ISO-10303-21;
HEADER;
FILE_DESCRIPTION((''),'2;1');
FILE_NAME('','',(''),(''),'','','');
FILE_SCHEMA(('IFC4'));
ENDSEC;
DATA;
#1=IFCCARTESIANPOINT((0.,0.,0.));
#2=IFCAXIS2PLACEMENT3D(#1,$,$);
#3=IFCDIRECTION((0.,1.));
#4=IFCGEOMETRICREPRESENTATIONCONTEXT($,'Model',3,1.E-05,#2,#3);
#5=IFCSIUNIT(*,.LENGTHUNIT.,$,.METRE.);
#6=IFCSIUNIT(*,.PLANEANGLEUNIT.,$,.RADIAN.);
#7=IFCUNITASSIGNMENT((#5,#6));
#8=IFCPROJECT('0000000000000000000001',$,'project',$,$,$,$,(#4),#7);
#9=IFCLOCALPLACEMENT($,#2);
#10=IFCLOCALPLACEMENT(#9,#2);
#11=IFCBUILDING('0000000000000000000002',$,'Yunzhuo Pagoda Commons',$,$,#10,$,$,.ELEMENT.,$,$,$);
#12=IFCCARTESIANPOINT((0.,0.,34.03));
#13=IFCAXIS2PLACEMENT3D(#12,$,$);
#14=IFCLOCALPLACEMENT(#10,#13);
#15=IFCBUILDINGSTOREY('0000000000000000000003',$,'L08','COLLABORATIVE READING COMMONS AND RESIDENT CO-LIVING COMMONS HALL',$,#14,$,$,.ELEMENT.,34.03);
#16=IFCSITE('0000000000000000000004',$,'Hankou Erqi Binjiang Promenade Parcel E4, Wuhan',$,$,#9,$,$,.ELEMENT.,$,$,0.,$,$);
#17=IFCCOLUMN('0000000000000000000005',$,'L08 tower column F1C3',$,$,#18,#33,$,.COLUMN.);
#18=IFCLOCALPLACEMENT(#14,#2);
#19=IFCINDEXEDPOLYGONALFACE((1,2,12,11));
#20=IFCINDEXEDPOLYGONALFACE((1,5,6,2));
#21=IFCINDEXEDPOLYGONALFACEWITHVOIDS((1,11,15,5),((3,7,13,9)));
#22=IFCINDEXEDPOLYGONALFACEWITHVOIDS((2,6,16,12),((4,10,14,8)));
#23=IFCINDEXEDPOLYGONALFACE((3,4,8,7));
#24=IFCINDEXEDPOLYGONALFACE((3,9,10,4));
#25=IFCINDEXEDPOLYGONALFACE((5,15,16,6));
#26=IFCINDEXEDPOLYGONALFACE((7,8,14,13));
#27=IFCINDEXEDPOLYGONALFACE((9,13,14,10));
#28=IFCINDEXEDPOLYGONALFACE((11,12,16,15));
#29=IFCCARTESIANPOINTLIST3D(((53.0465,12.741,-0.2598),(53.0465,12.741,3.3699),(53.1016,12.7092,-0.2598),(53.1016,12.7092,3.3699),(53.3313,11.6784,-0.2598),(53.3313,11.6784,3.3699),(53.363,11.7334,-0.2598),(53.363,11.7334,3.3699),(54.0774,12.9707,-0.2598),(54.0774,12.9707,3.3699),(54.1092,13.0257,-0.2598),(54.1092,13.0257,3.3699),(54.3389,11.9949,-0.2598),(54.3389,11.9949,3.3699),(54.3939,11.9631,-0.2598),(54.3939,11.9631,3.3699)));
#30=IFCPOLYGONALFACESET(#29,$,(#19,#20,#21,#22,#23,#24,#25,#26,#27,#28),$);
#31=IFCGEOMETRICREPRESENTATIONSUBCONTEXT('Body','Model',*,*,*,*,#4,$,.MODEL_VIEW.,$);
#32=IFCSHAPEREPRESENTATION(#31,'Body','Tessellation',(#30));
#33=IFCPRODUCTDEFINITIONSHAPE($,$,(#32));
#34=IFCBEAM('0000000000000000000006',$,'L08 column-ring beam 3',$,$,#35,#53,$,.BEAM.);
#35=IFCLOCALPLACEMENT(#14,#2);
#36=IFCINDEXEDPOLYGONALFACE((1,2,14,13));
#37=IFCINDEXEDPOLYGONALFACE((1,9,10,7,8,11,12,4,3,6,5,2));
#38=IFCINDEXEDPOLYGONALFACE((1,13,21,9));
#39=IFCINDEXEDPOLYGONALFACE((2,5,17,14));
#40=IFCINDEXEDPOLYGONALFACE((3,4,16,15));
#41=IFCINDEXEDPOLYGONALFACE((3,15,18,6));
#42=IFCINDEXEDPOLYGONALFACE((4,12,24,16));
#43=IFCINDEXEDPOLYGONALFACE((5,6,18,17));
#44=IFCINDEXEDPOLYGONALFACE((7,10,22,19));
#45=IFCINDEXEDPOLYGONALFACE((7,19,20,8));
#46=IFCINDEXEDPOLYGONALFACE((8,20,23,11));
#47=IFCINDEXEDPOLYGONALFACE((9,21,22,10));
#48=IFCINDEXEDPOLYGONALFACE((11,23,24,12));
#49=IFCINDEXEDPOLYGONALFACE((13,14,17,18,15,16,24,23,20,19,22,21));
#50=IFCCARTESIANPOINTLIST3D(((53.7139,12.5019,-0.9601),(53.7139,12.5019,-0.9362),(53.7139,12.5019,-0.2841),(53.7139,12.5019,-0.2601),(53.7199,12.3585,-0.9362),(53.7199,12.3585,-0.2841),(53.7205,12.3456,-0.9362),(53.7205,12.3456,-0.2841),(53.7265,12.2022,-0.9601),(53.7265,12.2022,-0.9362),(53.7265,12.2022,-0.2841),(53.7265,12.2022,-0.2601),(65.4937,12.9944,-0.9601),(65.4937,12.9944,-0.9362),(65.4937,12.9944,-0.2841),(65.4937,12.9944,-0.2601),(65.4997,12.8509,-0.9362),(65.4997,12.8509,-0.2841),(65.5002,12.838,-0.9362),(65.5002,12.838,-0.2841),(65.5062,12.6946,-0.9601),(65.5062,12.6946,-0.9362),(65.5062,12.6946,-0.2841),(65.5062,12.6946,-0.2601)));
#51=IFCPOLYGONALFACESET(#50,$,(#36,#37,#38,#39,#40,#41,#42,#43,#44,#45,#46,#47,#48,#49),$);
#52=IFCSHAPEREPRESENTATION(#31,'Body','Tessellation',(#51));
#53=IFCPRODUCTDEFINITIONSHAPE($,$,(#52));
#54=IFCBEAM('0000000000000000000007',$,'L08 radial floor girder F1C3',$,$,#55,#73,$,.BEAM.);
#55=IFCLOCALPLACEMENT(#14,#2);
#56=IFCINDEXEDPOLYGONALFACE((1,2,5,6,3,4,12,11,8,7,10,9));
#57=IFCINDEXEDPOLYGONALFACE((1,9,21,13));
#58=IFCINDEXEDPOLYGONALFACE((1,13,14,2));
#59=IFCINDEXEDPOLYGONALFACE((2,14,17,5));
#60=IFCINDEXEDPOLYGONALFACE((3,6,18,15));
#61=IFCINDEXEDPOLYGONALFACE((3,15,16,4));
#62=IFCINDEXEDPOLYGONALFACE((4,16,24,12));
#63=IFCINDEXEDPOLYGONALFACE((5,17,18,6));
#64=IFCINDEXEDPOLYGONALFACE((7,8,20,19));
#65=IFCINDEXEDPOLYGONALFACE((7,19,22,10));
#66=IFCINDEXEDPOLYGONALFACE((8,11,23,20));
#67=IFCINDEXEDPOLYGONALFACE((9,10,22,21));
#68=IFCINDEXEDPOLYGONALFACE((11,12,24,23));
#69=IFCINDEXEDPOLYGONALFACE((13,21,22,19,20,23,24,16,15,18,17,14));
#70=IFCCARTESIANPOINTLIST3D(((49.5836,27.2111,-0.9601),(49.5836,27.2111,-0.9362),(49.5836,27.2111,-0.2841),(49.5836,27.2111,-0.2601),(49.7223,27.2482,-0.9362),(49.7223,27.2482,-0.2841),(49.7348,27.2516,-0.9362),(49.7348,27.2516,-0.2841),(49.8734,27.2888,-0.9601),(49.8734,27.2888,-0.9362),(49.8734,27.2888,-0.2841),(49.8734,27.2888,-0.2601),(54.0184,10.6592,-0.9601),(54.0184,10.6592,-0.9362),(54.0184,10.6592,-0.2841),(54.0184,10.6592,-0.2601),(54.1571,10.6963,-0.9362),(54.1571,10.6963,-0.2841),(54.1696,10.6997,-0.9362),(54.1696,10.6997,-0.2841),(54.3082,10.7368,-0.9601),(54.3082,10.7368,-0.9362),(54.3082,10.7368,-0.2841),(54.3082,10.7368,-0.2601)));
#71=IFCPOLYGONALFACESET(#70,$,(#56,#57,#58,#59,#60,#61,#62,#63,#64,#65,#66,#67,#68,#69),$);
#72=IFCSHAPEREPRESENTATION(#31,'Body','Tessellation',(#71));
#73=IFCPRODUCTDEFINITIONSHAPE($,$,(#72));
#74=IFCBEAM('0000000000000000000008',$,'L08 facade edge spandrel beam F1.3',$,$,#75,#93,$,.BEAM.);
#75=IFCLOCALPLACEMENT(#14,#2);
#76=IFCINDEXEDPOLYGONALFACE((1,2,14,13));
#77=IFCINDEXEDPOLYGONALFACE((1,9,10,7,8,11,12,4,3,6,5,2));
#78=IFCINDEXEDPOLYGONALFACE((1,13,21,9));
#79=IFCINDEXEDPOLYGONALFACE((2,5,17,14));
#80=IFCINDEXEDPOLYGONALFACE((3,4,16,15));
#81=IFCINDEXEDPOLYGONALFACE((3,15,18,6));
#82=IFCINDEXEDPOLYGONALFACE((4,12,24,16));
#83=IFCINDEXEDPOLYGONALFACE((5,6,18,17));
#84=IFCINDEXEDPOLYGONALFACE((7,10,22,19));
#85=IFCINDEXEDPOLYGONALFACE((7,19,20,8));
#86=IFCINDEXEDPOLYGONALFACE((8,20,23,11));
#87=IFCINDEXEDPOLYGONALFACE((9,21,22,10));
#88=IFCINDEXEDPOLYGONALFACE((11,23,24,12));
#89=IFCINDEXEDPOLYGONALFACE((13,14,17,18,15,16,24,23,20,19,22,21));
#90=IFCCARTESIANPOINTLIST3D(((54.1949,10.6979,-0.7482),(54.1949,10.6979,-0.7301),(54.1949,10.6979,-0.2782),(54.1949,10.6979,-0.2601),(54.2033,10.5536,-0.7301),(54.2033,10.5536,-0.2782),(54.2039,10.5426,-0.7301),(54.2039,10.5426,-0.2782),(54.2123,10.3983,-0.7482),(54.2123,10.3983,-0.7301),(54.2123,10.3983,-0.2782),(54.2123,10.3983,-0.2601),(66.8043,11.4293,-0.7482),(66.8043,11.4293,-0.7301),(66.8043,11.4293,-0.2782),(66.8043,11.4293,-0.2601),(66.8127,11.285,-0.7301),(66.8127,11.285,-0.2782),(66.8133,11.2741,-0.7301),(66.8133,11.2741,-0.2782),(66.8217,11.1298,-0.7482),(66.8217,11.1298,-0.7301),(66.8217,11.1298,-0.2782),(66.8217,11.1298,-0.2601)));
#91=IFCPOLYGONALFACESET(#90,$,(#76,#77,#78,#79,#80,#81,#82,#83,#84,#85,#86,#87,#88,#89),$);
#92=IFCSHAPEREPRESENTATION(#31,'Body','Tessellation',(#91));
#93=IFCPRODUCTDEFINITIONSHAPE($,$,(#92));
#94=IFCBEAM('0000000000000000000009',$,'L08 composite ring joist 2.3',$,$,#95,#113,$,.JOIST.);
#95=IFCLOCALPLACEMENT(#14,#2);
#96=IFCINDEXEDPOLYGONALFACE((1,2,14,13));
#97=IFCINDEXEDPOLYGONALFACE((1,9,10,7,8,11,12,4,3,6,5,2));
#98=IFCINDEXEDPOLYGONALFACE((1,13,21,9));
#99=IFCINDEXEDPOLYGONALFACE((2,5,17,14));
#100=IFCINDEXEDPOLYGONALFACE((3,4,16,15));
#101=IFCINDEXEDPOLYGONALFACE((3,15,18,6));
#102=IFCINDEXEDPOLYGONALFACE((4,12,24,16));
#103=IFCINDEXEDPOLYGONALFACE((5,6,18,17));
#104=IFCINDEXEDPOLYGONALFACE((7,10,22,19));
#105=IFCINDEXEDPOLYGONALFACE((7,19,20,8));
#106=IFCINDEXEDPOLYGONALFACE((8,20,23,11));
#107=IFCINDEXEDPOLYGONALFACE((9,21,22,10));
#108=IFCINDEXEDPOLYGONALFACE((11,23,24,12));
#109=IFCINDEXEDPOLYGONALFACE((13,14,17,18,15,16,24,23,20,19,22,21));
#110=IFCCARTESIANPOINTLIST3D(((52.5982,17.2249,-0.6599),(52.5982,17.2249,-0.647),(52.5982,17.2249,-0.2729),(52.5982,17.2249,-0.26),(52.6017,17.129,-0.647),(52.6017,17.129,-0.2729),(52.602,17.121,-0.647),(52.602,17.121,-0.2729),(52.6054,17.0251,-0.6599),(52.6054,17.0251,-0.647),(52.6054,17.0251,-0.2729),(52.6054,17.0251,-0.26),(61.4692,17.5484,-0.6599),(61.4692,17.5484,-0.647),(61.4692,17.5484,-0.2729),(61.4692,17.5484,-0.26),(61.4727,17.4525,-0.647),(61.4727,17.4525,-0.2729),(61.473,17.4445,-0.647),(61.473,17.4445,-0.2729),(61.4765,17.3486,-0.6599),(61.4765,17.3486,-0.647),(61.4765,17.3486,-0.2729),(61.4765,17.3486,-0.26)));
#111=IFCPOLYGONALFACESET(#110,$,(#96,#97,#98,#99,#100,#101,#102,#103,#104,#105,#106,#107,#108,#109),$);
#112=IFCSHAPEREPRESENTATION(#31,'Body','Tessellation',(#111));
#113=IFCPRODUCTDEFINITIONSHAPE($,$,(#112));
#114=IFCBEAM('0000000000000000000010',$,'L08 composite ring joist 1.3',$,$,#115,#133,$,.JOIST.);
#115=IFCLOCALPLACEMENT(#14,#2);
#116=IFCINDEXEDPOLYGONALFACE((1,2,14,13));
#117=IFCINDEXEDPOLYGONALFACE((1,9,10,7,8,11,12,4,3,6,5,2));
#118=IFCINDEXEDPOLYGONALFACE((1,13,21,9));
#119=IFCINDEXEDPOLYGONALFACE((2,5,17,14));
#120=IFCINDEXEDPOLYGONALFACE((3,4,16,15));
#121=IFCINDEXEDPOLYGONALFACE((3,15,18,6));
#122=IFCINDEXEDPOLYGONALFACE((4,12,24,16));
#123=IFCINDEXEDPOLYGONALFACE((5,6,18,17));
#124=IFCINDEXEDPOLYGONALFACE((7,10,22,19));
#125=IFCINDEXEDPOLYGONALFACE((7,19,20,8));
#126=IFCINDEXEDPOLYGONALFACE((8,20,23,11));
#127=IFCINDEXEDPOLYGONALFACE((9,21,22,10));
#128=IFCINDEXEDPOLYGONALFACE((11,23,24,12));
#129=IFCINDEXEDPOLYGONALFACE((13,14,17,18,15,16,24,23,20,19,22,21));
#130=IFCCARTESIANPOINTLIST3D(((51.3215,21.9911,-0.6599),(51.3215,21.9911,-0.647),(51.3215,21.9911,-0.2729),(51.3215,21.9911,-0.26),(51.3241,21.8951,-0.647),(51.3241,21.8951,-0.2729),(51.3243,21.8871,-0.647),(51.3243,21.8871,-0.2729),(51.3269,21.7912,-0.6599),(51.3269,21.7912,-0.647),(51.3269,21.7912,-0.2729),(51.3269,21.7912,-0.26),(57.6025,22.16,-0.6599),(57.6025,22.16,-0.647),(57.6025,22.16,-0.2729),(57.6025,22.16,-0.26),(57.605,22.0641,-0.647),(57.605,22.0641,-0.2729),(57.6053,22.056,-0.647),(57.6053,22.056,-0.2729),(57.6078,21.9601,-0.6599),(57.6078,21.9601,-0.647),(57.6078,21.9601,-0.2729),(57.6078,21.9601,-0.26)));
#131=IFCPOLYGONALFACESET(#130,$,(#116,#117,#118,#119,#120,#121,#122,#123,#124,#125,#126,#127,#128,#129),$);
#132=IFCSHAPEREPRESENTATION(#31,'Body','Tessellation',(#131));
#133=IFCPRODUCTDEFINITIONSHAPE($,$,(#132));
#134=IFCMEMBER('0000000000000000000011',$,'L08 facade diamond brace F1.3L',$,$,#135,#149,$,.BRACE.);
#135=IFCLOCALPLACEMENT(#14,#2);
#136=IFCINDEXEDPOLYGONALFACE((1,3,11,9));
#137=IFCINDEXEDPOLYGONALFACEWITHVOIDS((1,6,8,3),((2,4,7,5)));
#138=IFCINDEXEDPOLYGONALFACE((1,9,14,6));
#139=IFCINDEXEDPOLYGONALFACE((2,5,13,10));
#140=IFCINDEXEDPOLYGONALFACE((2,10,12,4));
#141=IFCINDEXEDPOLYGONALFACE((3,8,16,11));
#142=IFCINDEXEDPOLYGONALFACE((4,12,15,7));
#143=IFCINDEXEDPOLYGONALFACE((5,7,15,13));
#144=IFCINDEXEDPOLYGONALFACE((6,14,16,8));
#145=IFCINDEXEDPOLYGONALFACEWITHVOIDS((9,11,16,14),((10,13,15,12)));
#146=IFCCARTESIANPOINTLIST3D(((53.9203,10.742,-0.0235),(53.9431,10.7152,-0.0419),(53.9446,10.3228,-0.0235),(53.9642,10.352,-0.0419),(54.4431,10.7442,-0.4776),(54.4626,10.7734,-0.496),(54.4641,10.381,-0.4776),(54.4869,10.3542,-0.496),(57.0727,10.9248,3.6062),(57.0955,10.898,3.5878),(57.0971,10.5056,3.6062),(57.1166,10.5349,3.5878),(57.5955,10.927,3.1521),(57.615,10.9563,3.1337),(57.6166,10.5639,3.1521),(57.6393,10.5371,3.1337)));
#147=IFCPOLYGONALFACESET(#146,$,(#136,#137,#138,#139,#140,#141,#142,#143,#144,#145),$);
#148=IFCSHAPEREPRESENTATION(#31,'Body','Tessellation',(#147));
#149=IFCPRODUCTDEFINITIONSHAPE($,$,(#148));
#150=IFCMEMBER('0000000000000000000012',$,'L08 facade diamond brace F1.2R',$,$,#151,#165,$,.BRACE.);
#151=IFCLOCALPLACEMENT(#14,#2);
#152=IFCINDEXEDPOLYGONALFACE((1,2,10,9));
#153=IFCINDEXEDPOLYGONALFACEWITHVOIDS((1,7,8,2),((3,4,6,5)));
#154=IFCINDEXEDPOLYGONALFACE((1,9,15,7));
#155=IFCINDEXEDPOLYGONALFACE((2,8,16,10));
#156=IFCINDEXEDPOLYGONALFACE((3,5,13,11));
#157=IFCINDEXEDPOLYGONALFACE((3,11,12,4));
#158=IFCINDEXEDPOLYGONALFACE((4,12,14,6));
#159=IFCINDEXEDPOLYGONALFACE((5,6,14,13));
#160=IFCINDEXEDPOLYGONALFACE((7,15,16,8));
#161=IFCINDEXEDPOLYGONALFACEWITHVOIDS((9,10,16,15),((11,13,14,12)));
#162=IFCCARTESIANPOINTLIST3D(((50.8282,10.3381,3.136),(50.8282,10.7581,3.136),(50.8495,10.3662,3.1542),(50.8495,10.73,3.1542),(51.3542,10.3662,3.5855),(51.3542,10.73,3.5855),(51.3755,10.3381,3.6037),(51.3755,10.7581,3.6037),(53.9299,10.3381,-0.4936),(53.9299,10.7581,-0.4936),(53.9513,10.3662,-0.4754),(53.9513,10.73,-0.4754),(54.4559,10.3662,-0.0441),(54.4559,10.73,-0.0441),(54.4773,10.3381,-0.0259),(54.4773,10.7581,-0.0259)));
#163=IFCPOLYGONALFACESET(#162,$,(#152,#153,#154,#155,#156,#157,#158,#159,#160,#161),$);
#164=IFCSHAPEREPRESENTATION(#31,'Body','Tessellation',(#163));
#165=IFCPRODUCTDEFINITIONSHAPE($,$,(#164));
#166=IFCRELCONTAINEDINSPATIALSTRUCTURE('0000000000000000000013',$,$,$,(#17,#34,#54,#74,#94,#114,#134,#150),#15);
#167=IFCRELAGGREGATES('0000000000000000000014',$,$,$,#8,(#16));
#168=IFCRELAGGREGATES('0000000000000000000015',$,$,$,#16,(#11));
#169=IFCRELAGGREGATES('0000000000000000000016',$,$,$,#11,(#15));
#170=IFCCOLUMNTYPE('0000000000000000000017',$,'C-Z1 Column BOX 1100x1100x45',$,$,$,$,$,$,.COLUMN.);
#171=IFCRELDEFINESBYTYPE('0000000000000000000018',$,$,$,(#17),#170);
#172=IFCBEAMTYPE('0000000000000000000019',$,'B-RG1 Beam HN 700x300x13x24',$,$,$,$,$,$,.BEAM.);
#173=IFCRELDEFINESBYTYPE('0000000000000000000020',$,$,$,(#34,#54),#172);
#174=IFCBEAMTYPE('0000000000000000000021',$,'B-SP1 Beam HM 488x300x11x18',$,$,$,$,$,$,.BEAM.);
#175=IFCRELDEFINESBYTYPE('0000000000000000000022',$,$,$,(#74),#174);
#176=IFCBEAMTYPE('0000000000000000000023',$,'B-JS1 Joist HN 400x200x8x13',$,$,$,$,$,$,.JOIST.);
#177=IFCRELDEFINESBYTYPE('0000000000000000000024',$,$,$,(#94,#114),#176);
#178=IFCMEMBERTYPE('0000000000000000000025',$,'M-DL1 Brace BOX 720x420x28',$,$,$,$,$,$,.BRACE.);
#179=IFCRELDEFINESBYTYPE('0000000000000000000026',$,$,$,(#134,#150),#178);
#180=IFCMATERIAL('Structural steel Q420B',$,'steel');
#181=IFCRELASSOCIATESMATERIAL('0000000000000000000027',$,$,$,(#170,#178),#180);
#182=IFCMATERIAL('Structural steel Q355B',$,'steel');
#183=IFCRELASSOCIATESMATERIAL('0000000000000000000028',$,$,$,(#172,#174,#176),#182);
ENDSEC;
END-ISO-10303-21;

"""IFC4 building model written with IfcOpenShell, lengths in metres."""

from ifc_helpers import new_model, si_unit, direction, frame, origin, origin_2d, place, context, subcontext, project, spatial, hollow_rectangle, i_section, extrude, source, transform, mapped, material, material_profile, profile_set, type_object, element, save


model = new_model("IFC4")

# Units and contexts
model_context = context("Model", 3, precision=1e-05, world=origin(), true_north=direction((0.0, 1.0)))
body_context = subcontext(model_context, "Body", "Model", "MODEL_VIEW")
ifc_project = project(units=[si_unit("LENGTHUNIT", "METRE"), si_unit("PLANEANGLEUNIT", "RADIAN")], contexts=[model_context])

# Site, building, storey
site_placement = place(None, origin())
site = spatial("IfcSite", under=ifc_project, at=site_placement, Name="Hankou Erqi Binjiang Promenade Parcel E4, Wuhan", CompositionType="ELEMENT", RefElevation=0.0)
building_placement = place(site_placement, origin())
building = spatial("IfcBuilding", under=site, at=building_placement, Name="Yunzhuo Pagoda Commons", CompositionType="ELEMENT")
storey_placement = place(building_placement, frame((0.0, 0.0, 34.03)))
storey = spatial("IfcBuildingStorey", under=building, at=storey_placement, Name="L08", Description="COLLABORATIVE READING COMMONS AND RESIDENT CO-LIVING COMMONS HALL", CompositionType="ELEMENT", Elevation=34.03)

# Column
ifc_material_1 = material(Name="Structural steel Q420B", Category="steel")
ifc_material_profile_1 = material_profile(ifc_material_1, hollow_rectangle(XDim=1.1001, YDim=1.1001, WallThickness=0.0449, at=origin_2d()), Name="Structural steel Q420B")
ifc_profile_set_1 = profile_set([ifc_material_profile_1], Name="Structural steel Q420B")
column_type = type_object("IfcColumnType", Name="C-Z1 Column BOX 1100x1100x45", PredefinedType="COLUMN", material=ifc_profile_set_1)
shared_shape_1 = source(origin(), body_context, "Body", "SweptSolid", [
    extrude(hollow_rectangle(XDim=1.1001, YDim=1.1001, WallThickness=0.0449, at=origin_2d()), origin(), (0.0, 0.0, 1.0), 3.6296),
])
column_placement = place(storey_placement, frame((53.7202, 12.3521, -0.2598), z_axis=(0.0, 0.0, 1.0), x_axis=(0.965926, 0.258819, 0.0)))
element("IfcColumn", 1, at=column_placement, inside=storey, type_object=column_type, Name="L08 tower column F1C3", PredefinedType="COLUMN", context=body_context, shape_type="MappedRepresentation", body=[
    mapped(shared_shape_1, transform((0.0, 0.0, 0.0), scale=1.0)),
])

# Beams
ifc_material_2 = material(Name="Structural steel Q355B", Category="steel")
ifc_material_profile_2 = material_profile(ifc_material_2, i_section(OverallWidth=0.3, OverallDepth=0.7, WebThickness=0.0129, FlangeThickness=0.0239, at=origin_2d()), Name="Structural steel Q355B")
ifc_profile_set_2 = profile_set([ifc_material_profile_2], Name="Structural steel Q355B")
beam_type_1 = type_object("IfcBeamType", Name="B-RG1 Beam HN 700x300x13x24", PredefinedType="BEAM", material=ifc_profile_set_2)
shared_shape_2 = source(origin(), body_context, "Body", "SweptSolid", [
    extrude(i_section(OverallWidth=0.3, OverallDepth=0.7, WebThickness=0.0129, FlangeThickness=0.0239, at=origin_2d()), origin(), (0.0, 0.0, 1.0), 11.79),
])
beam_1_placement = place(storey_placement, frame((53.7202, 12.3521, -0.6101), z_axis=(0.999127, 0.041767, 0.0), x_axis=(-0.041767, 0.999127, 0.0)))
element("IfcBeam", 2, at=beam_1_placement, inside=storey, type_object=beam_type_1, Name="L08 column-ring beam 3", PredefinedType="BEAM", context=body_context, shape_type="MappedRepresentation", body=[
    mapped(shared_shape_2, transform((0.0, 0.0, 0.0), scale=1.0)),
])
shared_shape_3 = source(origin(), body_context, "Body", "SweptSolid", [
    extrude(i_section(OverallWidth=0.3, OverallDepth=0.7, WebThickness=0.0129, FlangeThickness=0.0239, at=origin_2d()), origin(), (0.0, 0.0, 1.0), 17.1357),
])
beam_2_placement = place(storey_placement, frame((54.1633, 10.698, -0.6101), z_axis=(-0.258804, 0.96593, 0.0), x_axis=(-0.96593, -0.258804, 0.0)))
element("IfcBeam", 3, at=beam_2_placement, inside=storey, type_object=beam_type_1, Name="L08 radial floor girder F1C3", PredefinedType="BEAM", context=body_context, shape_type="MappedRepresentation", body=[
    mapped(shared_shape_3, transform((0.0, 0.0, 0.0), scale=1.0)),
])
ifc_material_profile_3 = material_profile(ifc_material_2, i_section(OverallWidth=0.3, OverallDepth=0.488, WebThickness=0.011, FlangeThickness=0.0181, at=origin_2d()), Name="Structural steel Q355B")
ifc_profile_set_3 = profile_set([ifc_material_profile_3], Name="Structural steel Q355B")
beam_type_2 = type_object("IfcBeamType", Name="B-SP1 Beam HM 488x300x11x18", PredefinedType="BEAM", material=ifc_profile_set_3)
shared_shape_4 = source(origin(), body_context, "Body", "SweptSolid", [
    extrude(i_section(OverallWidth=0.3, OverallDepth=0.488, WebThickness=0.011, FlangeThickness=0.0181, at=origin_2d()), origin(), (0.0, 0.0, 1.0), 12.6306),
])
beam_3_placement = place(storey_placement, frame((54.2036, 10.5481, -0.5042), z_axis=(0.998322, 0.057911, 0.0), x_axis=(-0.057911, 0.998322, 0.0)))
element("IfcBeam", 4, at=beam_3_placement, inside=storey, type_object=beam_type_2, Name="L08 facade edge spandrel beam F1.3", PredefinedType="BEAM", context=body_context, shape_type="MappedRepresentation", body=[
    mapped(shared_shape_4, transform((0.0, 0.0, 0.0), scale=1.0)),
])
ifc_material_profile_4 = material_profile(ifc_material_2, i_section(OverallWidth=0.2, OverallDepth=0.3999, WebThickness=0.0081, FlangeThickness=0.0129, at=origin_2d()), Name="Structural steel Q355B")
ifc_profile_set_4 = profile_set([ifc_material_profile_4], Name="Structural steel Q355B")
beam_type_3 = type_object("IfcBeamType", Name="B-JS1 Joist HN 400x200x8x13", PredefinedType="JOIST", material=ifc_profile_set_4)
shared_shape_5 = source(origin(), body_context, "Body", "SweptSolid", [
    extrude(i_section(OverallWidth=0.2, OverallDepth=0.3999, WebThickness=0.0081, FlangeThickness=0.0129, at=origin_2d()), origin(), (0.0, 0.0, 1.0), 8.877),
])
beam_4_placement = place(storey_placement, frame((52.6018, 17.125, -0.46), z_axis=(0.999336, 0.036441, 0.0), x_axis=(-0.036441, 0.999336, 0.0)))
element("IfcBeam", 5, at=beam_4_placement, inside=storey, type_object=beam_type_3, Name="L08 composite ring joist 2.3", PredefinedType="JOIST", context=body_context, shape_type="MappedRepresentation", body=[
    mapped(shared_shape_5, transform((0.0, 0.0, 0.0), scale=1.0)),
])
shared_shape_6 = source(origin(), body_context, "Body", "SweptSolid", [
    extrude(i_section(OverallWidth=0.2, OverallDepth=0.3999, WebThickness=0.0081, FlangeThickness=0.0129, at=origin_2d()), origin(), (0.0, 0.0, 1.0), 6.2832),
])
beam_5_placement = place(storey_placement, frame((51.3242, 21.8911, -0.46), z_axis=(0.999638, 0.026888, 0.0), x_axis=(-0.026888, 0.999638, 0.0)))
element("IfcBeam", 6, at=beam_5_placement, inside=storey, type_object=beam_type_3, Name="L08 composite ring joist 1.3", PredefinedType="JOIST", context=body_context, shape_type="MappedRepresentation", body=[
    mapped(shared_shape_6, transform((0.0, 0.0, 0.0), scale=1.0)),
])

# Members
ifc_material_profile_5 = material_profile(ifc_material_1, hollow_rectangle(XDim=0.4199, YDim=0.72, WallThickness=0.0281, at=origin_2d()), Name="Structural steel Q420B")
ifc_profile_set_5 = profile_set([ifc_material_profile_5], Name="Structural steel Q420B")
member_type_1 = type_object("IfcMemberType", Name="M-DL1 Brace BOX 720x420x28", PredefinedType="BRACE", material=ifc_profile_set_5)
shared_shape_7 = source(origin(), body_context, "Body", "SweptSolid", [
    extrude(hollow_rectangle(XDim=0.4199, YDim=0.72, WallThickness=0.0281, at=origin_2d()), origin(), (0.0, 0.0, 1.0), 4.811),
])
member_1_placement = place(storey_placement, frame((54.2036, 10.5481, -0.2598), z_axis=(0.655247, 0.03801, 0.754458), x_axis=(-0.057911, 0.998322, 0.0)))
element("IfcMember", 7, at=member_1_placement, inside=storey, type_object=member_type_1, Name="L08 facade diamond brace F1.3L", PredefinedType="BRACE", context=body_context, shape_type="MappedRepresentation", body=[
    mapped(shared_shape_7, transform((0.0, 0.0, 0.0), scale=1.0)),
])
shared_shape_8 = source(origin(), body_context, "Body", "SweptSolid", [
    extrude(hollow_rectangle(XDim=0.4199, YDim=0.72, WallThickness=0.0281, at=origin_2d()), origin(), (0.0, 0.0, 1.0), 4.7744),
])
member_2_placement = place(storey_placement, frame((54.2036, 10.5481, -0.2598), z_axis=(-0.649666, 0.0, 0.76022), x_axis=(0.0, -1.0, 0.0)))
element("IfcMember", 8, at=member_2_placement, inside=storey, type_object=member_type_1, Name="L08 facade diamond brace F1.2R", PredefinedType="BRACE", context=body_context, shape_type="MappedRepresentation", body=[
    mapped(shared_shape_8, transform((0.0, 0.0, 0.0), scale=1.0)),
])

save(model, "model.ifc")
